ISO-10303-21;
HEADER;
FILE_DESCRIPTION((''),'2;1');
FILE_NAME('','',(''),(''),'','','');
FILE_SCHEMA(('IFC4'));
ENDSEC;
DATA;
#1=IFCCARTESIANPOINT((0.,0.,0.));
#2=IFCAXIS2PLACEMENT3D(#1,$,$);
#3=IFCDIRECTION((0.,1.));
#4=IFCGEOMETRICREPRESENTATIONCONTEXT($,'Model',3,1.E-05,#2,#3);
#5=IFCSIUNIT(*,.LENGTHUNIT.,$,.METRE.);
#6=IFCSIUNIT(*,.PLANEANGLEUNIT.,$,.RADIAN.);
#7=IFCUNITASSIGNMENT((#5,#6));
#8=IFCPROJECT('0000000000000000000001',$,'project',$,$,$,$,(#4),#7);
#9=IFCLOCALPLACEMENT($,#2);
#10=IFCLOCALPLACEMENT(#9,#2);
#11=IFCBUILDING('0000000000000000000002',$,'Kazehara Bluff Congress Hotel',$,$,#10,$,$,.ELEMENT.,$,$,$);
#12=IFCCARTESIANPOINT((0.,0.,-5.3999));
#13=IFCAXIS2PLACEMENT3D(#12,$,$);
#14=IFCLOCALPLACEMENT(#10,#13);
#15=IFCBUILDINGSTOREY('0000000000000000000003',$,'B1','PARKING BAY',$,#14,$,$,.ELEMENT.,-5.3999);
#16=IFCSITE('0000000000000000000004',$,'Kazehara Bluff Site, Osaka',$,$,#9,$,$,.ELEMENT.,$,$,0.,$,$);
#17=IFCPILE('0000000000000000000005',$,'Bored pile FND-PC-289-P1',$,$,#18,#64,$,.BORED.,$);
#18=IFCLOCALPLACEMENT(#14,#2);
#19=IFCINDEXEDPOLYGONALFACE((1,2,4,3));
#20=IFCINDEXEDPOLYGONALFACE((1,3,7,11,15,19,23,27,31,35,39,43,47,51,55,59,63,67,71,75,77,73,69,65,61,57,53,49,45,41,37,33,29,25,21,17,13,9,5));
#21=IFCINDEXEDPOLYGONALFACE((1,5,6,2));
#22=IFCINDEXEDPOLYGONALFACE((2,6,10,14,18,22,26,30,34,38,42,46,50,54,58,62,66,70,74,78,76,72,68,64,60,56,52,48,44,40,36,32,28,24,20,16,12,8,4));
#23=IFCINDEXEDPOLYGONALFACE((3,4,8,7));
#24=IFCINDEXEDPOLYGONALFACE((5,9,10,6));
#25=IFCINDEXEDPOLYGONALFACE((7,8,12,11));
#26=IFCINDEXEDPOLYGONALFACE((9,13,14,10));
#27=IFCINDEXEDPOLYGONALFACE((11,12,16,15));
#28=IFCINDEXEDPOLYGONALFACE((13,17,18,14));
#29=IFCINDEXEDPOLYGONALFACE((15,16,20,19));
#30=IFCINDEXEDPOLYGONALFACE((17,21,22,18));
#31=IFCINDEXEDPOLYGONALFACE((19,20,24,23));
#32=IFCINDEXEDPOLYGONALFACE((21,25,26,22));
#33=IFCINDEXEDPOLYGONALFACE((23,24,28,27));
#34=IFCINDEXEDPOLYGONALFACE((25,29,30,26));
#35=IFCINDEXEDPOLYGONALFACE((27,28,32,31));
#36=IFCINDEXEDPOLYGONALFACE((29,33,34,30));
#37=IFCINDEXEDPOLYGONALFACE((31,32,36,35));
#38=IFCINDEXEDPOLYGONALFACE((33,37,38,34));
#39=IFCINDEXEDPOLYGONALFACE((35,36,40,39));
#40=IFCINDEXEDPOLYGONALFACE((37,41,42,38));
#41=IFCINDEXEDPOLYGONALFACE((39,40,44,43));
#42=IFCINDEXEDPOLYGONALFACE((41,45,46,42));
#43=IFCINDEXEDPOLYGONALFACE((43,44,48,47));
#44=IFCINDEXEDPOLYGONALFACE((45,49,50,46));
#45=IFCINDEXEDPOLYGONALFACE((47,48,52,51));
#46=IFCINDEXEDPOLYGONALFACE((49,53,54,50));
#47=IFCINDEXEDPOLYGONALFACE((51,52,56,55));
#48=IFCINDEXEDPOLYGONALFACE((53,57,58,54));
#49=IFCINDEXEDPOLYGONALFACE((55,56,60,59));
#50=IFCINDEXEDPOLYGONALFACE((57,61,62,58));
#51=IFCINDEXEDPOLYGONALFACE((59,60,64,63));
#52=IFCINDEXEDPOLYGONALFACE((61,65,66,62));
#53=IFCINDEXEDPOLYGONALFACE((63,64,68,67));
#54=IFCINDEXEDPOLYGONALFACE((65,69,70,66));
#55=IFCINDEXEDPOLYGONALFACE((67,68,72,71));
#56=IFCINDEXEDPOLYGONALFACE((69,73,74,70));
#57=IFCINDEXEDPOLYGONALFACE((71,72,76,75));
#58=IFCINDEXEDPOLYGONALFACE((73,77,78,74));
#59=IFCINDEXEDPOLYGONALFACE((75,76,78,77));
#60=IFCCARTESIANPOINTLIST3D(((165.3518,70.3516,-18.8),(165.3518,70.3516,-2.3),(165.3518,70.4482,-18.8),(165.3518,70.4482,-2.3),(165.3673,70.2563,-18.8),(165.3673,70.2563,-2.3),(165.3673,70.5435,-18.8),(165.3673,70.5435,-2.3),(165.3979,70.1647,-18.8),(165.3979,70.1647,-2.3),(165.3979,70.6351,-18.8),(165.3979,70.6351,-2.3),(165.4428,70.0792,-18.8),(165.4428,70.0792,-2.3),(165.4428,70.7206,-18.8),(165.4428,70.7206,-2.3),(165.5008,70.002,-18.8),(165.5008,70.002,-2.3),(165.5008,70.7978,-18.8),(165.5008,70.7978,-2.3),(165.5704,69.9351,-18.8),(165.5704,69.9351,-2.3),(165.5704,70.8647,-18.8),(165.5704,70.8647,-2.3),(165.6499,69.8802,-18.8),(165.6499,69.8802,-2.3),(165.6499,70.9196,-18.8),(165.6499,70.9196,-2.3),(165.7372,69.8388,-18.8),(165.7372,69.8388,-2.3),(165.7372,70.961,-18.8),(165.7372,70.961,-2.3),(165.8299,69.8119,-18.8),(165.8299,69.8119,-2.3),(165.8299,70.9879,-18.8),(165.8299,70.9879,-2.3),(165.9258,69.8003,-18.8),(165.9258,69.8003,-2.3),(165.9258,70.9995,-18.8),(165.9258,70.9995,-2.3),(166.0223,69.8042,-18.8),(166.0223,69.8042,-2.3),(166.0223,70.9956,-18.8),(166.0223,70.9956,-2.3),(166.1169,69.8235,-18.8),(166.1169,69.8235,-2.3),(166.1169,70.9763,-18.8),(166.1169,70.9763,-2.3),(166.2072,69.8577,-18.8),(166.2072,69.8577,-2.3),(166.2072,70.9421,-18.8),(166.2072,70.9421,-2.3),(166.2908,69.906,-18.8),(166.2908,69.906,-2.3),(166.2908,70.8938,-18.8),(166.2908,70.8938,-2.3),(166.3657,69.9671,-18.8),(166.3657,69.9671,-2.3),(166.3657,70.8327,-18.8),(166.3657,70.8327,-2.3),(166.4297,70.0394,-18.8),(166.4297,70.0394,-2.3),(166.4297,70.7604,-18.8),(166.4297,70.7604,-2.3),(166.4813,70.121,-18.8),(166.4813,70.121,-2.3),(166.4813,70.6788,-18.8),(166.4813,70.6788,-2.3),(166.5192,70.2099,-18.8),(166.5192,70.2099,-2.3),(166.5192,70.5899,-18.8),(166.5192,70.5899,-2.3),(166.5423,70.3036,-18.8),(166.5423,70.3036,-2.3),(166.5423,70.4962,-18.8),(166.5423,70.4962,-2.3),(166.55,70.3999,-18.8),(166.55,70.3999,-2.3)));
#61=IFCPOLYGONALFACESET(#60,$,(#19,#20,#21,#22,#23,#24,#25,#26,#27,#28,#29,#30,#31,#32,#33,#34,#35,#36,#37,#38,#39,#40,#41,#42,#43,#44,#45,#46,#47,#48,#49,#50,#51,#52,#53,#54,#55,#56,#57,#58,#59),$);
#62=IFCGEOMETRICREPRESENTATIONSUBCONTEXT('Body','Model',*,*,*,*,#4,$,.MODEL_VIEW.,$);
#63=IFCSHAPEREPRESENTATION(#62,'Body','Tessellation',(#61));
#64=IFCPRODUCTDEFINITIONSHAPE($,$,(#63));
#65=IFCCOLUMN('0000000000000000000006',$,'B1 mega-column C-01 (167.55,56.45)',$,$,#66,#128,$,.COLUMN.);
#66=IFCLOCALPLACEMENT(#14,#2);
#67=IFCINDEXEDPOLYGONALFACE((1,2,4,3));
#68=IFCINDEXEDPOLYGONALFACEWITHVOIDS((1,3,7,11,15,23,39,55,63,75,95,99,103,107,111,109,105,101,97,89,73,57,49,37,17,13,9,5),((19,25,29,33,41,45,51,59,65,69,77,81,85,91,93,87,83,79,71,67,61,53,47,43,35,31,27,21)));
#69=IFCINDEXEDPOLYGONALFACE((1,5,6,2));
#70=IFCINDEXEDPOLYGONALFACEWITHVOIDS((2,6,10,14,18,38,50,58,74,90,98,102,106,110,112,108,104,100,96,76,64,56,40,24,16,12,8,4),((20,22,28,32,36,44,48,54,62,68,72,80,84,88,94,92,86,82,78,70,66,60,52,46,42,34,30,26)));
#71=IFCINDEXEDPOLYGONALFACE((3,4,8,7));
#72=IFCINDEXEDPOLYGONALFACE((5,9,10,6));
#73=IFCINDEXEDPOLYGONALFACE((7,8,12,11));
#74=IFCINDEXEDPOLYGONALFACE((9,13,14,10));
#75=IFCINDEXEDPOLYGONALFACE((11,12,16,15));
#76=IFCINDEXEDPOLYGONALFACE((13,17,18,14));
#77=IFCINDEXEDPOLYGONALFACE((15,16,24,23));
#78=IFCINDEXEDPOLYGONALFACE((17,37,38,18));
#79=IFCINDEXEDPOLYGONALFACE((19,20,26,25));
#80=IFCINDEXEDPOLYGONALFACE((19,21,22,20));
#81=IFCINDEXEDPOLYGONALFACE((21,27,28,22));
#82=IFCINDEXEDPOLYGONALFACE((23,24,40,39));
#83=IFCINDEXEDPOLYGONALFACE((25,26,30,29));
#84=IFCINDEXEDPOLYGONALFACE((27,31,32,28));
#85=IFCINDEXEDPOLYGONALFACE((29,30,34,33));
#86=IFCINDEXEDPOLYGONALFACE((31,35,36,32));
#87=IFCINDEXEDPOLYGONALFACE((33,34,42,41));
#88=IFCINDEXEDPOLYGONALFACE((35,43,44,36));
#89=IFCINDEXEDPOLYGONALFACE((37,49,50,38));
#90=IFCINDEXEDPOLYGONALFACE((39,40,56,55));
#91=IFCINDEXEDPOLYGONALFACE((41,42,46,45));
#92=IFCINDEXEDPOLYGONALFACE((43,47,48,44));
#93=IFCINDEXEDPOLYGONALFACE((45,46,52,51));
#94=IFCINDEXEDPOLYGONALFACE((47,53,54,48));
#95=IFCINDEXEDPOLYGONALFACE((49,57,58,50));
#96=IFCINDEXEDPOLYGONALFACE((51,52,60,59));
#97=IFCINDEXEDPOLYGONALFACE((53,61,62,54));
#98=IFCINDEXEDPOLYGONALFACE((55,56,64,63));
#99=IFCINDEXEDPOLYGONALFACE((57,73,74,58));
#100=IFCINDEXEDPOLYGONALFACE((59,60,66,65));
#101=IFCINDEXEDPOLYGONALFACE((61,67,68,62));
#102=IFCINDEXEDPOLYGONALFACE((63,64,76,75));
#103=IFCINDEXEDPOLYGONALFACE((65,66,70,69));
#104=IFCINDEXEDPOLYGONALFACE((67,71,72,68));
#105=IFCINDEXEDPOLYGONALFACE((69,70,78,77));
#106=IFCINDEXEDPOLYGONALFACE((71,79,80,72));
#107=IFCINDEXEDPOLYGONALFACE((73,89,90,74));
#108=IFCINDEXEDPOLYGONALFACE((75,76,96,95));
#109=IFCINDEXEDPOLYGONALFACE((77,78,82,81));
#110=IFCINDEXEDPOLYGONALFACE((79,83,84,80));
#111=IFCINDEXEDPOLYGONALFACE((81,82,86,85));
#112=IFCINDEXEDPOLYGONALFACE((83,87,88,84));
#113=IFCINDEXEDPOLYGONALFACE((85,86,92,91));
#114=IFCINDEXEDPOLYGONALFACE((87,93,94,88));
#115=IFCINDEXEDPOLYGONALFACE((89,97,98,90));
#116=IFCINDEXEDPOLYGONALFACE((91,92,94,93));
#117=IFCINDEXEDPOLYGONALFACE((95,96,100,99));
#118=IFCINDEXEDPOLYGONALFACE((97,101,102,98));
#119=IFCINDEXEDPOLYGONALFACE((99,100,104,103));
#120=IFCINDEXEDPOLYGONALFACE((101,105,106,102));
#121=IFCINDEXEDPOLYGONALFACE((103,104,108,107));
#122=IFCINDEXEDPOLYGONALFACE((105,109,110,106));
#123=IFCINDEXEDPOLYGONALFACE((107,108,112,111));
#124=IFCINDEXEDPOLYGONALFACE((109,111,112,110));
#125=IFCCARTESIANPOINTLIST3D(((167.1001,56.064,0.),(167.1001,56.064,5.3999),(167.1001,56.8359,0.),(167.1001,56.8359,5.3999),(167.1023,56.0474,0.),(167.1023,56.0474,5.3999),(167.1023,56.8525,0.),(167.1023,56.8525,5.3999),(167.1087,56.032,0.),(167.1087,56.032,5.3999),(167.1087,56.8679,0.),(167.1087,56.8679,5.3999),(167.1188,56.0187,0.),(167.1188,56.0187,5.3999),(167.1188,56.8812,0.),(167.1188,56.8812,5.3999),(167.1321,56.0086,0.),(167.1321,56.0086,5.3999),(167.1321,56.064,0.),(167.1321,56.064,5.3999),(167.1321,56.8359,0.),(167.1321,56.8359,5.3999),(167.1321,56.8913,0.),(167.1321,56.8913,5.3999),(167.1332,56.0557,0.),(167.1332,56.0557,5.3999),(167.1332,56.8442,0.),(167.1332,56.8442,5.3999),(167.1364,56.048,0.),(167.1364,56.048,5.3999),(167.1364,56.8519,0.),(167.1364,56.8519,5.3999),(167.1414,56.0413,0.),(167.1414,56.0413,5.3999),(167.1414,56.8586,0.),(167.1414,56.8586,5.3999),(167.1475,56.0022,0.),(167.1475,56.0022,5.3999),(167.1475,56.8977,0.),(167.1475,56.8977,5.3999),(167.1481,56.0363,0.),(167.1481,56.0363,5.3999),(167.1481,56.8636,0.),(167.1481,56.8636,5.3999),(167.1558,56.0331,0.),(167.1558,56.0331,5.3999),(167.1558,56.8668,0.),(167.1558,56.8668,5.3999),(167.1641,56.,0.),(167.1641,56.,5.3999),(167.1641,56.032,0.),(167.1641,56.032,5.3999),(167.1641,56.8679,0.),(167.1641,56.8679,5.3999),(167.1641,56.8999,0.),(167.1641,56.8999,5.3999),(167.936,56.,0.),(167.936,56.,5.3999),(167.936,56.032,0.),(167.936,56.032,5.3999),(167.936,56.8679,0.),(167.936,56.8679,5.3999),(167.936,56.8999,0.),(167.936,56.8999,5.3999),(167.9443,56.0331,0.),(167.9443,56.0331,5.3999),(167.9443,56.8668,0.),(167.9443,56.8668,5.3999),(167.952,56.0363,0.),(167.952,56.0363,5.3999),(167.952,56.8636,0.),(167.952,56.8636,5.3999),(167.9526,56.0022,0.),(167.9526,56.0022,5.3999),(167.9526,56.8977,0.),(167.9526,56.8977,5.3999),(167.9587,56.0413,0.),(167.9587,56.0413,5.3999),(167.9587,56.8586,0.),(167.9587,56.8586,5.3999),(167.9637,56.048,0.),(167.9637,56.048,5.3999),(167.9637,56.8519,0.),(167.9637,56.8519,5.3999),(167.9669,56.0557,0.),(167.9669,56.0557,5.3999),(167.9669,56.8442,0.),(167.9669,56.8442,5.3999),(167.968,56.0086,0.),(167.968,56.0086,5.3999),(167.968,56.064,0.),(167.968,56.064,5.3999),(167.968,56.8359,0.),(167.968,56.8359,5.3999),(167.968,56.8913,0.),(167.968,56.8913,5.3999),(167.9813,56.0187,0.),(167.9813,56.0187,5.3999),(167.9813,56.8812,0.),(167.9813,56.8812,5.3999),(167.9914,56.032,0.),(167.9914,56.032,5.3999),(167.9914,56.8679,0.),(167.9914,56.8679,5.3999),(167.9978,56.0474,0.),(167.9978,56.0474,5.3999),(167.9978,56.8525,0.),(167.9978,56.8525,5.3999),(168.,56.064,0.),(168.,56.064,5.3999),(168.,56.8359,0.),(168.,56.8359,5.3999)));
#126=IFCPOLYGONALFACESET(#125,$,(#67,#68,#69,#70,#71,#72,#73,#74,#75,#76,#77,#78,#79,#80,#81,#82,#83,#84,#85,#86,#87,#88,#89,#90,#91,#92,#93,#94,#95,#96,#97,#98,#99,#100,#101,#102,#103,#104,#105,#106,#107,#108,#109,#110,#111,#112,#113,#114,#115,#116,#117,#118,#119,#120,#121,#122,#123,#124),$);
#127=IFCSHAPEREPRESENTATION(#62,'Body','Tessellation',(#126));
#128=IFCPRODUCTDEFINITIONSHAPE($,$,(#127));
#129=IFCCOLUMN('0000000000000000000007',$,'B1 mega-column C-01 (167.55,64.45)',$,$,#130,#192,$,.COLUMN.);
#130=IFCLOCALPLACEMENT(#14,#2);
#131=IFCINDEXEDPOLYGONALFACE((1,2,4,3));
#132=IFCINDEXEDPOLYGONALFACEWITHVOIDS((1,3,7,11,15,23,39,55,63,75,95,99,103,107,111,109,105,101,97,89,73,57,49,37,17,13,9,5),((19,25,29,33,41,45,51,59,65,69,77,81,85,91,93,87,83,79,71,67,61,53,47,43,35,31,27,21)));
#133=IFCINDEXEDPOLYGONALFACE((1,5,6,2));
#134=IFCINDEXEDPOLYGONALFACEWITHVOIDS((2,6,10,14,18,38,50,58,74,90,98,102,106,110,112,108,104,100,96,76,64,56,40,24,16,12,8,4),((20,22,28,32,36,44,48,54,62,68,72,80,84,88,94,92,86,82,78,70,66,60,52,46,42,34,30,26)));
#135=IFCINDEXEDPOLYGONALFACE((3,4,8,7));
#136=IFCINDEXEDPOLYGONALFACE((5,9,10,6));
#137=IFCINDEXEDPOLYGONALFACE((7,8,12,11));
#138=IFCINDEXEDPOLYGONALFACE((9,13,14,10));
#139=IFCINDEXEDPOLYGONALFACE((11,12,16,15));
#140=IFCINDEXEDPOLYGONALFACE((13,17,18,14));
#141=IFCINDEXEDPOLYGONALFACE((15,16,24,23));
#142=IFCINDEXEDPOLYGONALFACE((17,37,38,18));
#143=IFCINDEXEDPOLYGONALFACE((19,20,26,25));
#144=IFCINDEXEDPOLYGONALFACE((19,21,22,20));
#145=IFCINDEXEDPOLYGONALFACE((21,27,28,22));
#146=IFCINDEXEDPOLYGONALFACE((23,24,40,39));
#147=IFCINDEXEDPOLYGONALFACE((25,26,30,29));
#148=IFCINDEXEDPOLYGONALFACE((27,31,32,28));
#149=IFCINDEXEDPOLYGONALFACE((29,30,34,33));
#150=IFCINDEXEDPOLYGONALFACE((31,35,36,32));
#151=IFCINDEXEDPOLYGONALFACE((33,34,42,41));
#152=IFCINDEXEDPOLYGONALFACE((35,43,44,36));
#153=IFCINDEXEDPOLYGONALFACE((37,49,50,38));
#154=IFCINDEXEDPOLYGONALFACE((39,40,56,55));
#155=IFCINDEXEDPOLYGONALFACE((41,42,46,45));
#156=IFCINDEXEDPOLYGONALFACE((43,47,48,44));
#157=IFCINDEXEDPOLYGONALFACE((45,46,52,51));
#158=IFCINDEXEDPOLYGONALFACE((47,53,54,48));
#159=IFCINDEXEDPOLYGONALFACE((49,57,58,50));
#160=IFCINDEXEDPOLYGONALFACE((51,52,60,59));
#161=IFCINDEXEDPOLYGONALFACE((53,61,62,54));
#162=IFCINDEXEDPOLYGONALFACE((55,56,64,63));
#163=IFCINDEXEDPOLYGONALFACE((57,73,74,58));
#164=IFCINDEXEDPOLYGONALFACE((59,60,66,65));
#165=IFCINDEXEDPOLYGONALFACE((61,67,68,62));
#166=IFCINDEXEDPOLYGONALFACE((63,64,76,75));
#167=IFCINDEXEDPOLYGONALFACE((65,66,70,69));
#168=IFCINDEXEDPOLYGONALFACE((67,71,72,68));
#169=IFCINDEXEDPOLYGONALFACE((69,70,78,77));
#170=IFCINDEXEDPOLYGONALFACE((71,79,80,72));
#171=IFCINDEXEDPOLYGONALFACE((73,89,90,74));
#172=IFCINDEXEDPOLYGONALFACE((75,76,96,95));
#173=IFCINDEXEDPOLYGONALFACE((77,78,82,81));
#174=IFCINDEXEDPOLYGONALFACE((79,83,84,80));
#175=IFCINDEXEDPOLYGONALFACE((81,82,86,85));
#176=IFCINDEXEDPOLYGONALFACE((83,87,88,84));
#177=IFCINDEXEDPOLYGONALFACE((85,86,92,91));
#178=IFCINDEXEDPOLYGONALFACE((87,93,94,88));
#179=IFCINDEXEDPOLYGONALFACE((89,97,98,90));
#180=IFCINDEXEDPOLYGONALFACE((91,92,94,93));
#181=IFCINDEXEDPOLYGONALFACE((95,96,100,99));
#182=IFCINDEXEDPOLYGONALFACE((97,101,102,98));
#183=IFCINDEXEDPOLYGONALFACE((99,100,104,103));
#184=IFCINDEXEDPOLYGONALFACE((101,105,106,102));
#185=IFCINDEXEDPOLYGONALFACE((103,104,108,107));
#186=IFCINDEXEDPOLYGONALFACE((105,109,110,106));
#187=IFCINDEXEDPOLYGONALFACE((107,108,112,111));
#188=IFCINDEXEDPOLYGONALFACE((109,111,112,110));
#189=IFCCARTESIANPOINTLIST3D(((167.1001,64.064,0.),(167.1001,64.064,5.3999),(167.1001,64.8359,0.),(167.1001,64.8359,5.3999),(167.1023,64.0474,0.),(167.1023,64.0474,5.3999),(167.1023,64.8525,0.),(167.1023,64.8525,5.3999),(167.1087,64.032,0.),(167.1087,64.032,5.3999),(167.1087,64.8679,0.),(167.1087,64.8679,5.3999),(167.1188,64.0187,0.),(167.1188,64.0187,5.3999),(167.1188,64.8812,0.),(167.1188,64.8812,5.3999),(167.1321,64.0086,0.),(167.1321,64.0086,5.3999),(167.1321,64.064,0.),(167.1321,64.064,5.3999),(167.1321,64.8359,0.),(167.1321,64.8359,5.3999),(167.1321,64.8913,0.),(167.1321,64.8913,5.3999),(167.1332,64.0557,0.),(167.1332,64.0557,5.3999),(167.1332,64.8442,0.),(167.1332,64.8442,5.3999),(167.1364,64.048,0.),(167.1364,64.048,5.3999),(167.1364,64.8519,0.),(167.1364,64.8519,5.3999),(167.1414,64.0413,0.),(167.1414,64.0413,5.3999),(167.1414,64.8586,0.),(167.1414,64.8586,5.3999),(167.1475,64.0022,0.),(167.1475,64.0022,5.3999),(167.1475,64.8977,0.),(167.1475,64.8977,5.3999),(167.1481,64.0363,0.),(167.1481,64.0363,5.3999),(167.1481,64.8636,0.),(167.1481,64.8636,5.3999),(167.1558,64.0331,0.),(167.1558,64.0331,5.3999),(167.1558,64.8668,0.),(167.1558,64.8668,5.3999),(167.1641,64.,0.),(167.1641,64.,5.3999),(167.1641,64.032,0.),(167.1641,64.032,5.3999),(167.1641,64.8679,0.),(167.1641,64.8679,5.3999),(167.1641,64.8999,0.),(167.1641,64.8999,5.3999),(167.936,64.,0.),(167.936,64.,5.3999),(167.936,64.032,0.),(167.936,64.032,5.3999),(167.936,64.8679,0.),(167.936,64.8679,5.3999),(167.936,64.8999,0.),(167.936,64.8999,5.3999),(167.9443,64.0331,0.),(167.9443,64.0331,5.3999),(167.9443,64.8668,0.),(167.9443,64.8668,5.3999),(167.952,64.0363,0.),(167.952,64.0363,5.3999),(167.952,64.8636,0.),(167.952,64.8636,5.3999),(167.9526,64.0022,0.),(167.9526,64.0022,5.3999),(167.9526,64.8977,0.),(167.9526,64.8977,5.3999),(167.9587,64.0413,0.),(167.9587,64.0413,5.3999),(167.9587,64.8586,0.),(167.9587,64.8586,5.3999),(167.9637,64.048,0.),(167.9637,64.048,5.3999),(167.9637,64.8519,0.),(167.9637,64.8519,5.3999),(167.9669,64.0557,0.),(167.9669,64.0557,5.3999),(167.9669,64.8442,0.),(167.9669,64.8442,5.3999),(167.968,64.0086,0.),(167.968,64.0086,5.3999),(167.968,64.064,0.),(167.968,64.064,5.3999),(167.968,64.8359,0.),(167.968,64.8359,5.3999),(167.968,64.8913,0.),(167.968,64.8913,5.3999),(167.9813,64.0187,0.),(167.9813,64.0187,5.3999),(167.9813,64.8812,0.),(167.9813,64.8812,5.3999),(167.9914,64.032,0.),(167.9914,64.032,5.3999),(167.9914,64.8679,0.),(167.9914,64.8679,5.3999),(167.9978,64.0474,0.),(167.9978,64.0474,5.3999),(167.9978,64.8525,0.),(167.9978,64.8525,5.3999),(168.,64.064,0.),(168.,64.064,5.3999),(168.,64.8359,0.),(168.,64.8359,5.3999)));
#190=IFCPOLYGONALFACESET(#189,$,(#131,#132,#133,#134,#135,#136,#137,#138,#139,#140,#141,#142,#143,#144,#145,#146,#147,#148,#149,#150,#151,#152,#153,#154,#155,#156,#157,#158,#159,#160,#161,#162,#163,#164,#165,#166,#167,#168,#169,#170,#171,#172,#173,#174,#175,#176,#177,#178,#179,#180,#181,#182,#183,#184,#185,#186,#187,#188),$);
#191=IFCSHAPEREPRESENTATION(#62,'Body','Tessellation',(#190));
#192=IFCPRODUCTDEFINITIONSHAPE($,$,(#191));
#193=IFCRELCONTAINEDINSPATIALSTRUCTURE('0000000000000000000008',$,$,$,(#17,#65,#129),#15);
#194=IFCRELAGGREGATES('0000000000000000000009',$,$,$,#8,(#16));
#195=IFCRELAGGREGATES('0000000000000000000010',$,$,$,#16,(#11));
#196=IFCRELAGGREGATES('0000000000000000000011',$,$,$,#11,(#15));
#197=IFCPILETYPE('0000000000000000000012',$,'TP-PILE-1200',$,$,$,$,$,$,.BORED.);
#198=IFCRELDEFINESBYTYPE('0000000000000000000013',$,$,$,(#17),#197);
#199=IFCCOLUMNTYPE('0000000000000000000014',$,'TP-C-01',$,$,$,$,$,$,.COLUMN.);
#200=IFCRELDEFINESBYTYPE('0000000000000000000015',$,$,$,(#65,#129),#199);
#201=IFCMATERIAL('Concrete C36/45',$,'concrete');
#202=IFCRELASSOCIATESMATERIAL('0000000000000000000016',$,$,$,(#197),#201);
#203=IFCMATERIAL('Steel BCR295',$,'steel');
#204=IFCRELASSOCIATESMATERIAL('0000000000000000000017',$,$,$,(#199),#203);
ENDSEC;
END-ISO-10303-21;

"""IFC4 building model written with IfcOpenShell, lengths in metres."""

from ifc_helpers import new_model, si_unit, direction, frame, origin, origin_2d, place, context, subcontext, project, spatial, hollow_rectangle, circle, extrude, material, material_profile, profile_set, type_object, element, save


model = new_model("IFC4")

# Units and contexts
model_context = context("Model", 3, precision=1e-05, world=origin(), true_north=direction((0.0, 1.0)))
body_context = subcontext(model_context, "Body", "Model", "MODEL_VIEW")
ifc_project = project(units=[si_unit("LENGTHUNIT", "METRE"), si_unit("PLANEANGLEUNIT", "RADIAN")], contexts=[model_context])

# Site, building, storey
site_placement = place(None, origin())
site = spatial("IfcSite", under=ifc_project, at=site_placement, Name="Kazehara Bluff Site, Osaka", CompositionType="ELEMENT", RefElevation=0.0)
building_placement = place(site_placement, origin())
building = spatial("IfcBuilding", under=site, at=building_placement, Name="Kazehara Bluff Congress Hotel", CompositionType="ELEMENT")
storey_placement = place(building_placement, frame((0.0, 0.0, -5.3999)))
storey = spatial("IfcBuildingStorey", under=building, at=storey_placement, Name="B1", Description="PARKING BAY", CompositionType="ELEMENT", Elevation=-5.3999)

# Pile
ifc_material_1 = material(Name="Concrete C36/45", Category="concrete")
ifc_material_profile_1 = material_profile(ifc_material_1, circle(Radius=0.6001, at=origin_2d()))
ifc_profile_set_1 = profile_set([ifc_material_profile_1], Name="Concrete C36/45")
pile_type = type_object("IfcPileType", Name="TP-PILE-1200", PredefinedType="BORED", material=ifc_profile_set_1)
for number, where, z_axis, x_axis, name in (
    (1, (165.95, 70.3999, -2.3), (0.0, 0.0, -1.0), (1.0, 0.0, 0.0), "Bored pile FND-PC-289-P1"),
):
    element("IfcPile", number, at=place(storey_placement, frame(where, z_axis=z_axis, x_axis=x_axis)), inside=storey, type_object=pile_type, Name=name, PredefinedType="BORED", context=body_context, shape_type="SweptSolid", body=[
        extrude(circle(Radius=0.6001, at=origin_2d()), origin(), (0.0, 0.0, 1.0), 16.5),
    ])

# Columns
ifc_material_2 = material(Name="Steel BCR295", Category="steel")
ifc_material_profile_2 = material_profile(ifc_material_2, hollow_rectangle(XDim=0.8999, YDim=0.8999, WallThickness=0.032, InnerFilletRadius=0.032, OuterFilletRadius=0.064, at=origin_2d()))
ifc_profile_set_2 = profile_set([ifc_material_profile_2], Name="Steel BCR295")
column_type = type_object("IfcColumnType", Name="TP-C-01", PredefinedType="COLUMN", material=ifc_profile_set_2)
for number, where, z_axis, x_axis, name in (
    (2, (167.55, 56.45, 0.0), (0.0, 0.0, 1.0), (1.0, 0.0, 0.0), "B1 mega-column C-01 (167.55,56.45)"),
    (3, (167.55, 64.45, 0.0), (0.0, 0.0, 1.0), (1.0, 0.0, 0.0), "B1 mega-column C-01 (167.55,64.45)"),
):
    element("IfcColumn", number, at=place(storey_placement, frame(where, z_axis=z_axis, x_axis=x_axis)), inside=storey, type_object=column_type, Name=name, PredefinedType="COLUMN", context=body_context, shape_type="SweptSolid", body=[
        extrude(hollow_rectangle(XDim=0.8999, YDim=0.8999, WallThickness=0.032, InnerFilletRadius=0.032, OuterFilletRadius=0.064, at=origin_2d()), origin(), (0.0, 0.0, 1.0), 5.3999),
    ])

save(model, "model.ifc")
